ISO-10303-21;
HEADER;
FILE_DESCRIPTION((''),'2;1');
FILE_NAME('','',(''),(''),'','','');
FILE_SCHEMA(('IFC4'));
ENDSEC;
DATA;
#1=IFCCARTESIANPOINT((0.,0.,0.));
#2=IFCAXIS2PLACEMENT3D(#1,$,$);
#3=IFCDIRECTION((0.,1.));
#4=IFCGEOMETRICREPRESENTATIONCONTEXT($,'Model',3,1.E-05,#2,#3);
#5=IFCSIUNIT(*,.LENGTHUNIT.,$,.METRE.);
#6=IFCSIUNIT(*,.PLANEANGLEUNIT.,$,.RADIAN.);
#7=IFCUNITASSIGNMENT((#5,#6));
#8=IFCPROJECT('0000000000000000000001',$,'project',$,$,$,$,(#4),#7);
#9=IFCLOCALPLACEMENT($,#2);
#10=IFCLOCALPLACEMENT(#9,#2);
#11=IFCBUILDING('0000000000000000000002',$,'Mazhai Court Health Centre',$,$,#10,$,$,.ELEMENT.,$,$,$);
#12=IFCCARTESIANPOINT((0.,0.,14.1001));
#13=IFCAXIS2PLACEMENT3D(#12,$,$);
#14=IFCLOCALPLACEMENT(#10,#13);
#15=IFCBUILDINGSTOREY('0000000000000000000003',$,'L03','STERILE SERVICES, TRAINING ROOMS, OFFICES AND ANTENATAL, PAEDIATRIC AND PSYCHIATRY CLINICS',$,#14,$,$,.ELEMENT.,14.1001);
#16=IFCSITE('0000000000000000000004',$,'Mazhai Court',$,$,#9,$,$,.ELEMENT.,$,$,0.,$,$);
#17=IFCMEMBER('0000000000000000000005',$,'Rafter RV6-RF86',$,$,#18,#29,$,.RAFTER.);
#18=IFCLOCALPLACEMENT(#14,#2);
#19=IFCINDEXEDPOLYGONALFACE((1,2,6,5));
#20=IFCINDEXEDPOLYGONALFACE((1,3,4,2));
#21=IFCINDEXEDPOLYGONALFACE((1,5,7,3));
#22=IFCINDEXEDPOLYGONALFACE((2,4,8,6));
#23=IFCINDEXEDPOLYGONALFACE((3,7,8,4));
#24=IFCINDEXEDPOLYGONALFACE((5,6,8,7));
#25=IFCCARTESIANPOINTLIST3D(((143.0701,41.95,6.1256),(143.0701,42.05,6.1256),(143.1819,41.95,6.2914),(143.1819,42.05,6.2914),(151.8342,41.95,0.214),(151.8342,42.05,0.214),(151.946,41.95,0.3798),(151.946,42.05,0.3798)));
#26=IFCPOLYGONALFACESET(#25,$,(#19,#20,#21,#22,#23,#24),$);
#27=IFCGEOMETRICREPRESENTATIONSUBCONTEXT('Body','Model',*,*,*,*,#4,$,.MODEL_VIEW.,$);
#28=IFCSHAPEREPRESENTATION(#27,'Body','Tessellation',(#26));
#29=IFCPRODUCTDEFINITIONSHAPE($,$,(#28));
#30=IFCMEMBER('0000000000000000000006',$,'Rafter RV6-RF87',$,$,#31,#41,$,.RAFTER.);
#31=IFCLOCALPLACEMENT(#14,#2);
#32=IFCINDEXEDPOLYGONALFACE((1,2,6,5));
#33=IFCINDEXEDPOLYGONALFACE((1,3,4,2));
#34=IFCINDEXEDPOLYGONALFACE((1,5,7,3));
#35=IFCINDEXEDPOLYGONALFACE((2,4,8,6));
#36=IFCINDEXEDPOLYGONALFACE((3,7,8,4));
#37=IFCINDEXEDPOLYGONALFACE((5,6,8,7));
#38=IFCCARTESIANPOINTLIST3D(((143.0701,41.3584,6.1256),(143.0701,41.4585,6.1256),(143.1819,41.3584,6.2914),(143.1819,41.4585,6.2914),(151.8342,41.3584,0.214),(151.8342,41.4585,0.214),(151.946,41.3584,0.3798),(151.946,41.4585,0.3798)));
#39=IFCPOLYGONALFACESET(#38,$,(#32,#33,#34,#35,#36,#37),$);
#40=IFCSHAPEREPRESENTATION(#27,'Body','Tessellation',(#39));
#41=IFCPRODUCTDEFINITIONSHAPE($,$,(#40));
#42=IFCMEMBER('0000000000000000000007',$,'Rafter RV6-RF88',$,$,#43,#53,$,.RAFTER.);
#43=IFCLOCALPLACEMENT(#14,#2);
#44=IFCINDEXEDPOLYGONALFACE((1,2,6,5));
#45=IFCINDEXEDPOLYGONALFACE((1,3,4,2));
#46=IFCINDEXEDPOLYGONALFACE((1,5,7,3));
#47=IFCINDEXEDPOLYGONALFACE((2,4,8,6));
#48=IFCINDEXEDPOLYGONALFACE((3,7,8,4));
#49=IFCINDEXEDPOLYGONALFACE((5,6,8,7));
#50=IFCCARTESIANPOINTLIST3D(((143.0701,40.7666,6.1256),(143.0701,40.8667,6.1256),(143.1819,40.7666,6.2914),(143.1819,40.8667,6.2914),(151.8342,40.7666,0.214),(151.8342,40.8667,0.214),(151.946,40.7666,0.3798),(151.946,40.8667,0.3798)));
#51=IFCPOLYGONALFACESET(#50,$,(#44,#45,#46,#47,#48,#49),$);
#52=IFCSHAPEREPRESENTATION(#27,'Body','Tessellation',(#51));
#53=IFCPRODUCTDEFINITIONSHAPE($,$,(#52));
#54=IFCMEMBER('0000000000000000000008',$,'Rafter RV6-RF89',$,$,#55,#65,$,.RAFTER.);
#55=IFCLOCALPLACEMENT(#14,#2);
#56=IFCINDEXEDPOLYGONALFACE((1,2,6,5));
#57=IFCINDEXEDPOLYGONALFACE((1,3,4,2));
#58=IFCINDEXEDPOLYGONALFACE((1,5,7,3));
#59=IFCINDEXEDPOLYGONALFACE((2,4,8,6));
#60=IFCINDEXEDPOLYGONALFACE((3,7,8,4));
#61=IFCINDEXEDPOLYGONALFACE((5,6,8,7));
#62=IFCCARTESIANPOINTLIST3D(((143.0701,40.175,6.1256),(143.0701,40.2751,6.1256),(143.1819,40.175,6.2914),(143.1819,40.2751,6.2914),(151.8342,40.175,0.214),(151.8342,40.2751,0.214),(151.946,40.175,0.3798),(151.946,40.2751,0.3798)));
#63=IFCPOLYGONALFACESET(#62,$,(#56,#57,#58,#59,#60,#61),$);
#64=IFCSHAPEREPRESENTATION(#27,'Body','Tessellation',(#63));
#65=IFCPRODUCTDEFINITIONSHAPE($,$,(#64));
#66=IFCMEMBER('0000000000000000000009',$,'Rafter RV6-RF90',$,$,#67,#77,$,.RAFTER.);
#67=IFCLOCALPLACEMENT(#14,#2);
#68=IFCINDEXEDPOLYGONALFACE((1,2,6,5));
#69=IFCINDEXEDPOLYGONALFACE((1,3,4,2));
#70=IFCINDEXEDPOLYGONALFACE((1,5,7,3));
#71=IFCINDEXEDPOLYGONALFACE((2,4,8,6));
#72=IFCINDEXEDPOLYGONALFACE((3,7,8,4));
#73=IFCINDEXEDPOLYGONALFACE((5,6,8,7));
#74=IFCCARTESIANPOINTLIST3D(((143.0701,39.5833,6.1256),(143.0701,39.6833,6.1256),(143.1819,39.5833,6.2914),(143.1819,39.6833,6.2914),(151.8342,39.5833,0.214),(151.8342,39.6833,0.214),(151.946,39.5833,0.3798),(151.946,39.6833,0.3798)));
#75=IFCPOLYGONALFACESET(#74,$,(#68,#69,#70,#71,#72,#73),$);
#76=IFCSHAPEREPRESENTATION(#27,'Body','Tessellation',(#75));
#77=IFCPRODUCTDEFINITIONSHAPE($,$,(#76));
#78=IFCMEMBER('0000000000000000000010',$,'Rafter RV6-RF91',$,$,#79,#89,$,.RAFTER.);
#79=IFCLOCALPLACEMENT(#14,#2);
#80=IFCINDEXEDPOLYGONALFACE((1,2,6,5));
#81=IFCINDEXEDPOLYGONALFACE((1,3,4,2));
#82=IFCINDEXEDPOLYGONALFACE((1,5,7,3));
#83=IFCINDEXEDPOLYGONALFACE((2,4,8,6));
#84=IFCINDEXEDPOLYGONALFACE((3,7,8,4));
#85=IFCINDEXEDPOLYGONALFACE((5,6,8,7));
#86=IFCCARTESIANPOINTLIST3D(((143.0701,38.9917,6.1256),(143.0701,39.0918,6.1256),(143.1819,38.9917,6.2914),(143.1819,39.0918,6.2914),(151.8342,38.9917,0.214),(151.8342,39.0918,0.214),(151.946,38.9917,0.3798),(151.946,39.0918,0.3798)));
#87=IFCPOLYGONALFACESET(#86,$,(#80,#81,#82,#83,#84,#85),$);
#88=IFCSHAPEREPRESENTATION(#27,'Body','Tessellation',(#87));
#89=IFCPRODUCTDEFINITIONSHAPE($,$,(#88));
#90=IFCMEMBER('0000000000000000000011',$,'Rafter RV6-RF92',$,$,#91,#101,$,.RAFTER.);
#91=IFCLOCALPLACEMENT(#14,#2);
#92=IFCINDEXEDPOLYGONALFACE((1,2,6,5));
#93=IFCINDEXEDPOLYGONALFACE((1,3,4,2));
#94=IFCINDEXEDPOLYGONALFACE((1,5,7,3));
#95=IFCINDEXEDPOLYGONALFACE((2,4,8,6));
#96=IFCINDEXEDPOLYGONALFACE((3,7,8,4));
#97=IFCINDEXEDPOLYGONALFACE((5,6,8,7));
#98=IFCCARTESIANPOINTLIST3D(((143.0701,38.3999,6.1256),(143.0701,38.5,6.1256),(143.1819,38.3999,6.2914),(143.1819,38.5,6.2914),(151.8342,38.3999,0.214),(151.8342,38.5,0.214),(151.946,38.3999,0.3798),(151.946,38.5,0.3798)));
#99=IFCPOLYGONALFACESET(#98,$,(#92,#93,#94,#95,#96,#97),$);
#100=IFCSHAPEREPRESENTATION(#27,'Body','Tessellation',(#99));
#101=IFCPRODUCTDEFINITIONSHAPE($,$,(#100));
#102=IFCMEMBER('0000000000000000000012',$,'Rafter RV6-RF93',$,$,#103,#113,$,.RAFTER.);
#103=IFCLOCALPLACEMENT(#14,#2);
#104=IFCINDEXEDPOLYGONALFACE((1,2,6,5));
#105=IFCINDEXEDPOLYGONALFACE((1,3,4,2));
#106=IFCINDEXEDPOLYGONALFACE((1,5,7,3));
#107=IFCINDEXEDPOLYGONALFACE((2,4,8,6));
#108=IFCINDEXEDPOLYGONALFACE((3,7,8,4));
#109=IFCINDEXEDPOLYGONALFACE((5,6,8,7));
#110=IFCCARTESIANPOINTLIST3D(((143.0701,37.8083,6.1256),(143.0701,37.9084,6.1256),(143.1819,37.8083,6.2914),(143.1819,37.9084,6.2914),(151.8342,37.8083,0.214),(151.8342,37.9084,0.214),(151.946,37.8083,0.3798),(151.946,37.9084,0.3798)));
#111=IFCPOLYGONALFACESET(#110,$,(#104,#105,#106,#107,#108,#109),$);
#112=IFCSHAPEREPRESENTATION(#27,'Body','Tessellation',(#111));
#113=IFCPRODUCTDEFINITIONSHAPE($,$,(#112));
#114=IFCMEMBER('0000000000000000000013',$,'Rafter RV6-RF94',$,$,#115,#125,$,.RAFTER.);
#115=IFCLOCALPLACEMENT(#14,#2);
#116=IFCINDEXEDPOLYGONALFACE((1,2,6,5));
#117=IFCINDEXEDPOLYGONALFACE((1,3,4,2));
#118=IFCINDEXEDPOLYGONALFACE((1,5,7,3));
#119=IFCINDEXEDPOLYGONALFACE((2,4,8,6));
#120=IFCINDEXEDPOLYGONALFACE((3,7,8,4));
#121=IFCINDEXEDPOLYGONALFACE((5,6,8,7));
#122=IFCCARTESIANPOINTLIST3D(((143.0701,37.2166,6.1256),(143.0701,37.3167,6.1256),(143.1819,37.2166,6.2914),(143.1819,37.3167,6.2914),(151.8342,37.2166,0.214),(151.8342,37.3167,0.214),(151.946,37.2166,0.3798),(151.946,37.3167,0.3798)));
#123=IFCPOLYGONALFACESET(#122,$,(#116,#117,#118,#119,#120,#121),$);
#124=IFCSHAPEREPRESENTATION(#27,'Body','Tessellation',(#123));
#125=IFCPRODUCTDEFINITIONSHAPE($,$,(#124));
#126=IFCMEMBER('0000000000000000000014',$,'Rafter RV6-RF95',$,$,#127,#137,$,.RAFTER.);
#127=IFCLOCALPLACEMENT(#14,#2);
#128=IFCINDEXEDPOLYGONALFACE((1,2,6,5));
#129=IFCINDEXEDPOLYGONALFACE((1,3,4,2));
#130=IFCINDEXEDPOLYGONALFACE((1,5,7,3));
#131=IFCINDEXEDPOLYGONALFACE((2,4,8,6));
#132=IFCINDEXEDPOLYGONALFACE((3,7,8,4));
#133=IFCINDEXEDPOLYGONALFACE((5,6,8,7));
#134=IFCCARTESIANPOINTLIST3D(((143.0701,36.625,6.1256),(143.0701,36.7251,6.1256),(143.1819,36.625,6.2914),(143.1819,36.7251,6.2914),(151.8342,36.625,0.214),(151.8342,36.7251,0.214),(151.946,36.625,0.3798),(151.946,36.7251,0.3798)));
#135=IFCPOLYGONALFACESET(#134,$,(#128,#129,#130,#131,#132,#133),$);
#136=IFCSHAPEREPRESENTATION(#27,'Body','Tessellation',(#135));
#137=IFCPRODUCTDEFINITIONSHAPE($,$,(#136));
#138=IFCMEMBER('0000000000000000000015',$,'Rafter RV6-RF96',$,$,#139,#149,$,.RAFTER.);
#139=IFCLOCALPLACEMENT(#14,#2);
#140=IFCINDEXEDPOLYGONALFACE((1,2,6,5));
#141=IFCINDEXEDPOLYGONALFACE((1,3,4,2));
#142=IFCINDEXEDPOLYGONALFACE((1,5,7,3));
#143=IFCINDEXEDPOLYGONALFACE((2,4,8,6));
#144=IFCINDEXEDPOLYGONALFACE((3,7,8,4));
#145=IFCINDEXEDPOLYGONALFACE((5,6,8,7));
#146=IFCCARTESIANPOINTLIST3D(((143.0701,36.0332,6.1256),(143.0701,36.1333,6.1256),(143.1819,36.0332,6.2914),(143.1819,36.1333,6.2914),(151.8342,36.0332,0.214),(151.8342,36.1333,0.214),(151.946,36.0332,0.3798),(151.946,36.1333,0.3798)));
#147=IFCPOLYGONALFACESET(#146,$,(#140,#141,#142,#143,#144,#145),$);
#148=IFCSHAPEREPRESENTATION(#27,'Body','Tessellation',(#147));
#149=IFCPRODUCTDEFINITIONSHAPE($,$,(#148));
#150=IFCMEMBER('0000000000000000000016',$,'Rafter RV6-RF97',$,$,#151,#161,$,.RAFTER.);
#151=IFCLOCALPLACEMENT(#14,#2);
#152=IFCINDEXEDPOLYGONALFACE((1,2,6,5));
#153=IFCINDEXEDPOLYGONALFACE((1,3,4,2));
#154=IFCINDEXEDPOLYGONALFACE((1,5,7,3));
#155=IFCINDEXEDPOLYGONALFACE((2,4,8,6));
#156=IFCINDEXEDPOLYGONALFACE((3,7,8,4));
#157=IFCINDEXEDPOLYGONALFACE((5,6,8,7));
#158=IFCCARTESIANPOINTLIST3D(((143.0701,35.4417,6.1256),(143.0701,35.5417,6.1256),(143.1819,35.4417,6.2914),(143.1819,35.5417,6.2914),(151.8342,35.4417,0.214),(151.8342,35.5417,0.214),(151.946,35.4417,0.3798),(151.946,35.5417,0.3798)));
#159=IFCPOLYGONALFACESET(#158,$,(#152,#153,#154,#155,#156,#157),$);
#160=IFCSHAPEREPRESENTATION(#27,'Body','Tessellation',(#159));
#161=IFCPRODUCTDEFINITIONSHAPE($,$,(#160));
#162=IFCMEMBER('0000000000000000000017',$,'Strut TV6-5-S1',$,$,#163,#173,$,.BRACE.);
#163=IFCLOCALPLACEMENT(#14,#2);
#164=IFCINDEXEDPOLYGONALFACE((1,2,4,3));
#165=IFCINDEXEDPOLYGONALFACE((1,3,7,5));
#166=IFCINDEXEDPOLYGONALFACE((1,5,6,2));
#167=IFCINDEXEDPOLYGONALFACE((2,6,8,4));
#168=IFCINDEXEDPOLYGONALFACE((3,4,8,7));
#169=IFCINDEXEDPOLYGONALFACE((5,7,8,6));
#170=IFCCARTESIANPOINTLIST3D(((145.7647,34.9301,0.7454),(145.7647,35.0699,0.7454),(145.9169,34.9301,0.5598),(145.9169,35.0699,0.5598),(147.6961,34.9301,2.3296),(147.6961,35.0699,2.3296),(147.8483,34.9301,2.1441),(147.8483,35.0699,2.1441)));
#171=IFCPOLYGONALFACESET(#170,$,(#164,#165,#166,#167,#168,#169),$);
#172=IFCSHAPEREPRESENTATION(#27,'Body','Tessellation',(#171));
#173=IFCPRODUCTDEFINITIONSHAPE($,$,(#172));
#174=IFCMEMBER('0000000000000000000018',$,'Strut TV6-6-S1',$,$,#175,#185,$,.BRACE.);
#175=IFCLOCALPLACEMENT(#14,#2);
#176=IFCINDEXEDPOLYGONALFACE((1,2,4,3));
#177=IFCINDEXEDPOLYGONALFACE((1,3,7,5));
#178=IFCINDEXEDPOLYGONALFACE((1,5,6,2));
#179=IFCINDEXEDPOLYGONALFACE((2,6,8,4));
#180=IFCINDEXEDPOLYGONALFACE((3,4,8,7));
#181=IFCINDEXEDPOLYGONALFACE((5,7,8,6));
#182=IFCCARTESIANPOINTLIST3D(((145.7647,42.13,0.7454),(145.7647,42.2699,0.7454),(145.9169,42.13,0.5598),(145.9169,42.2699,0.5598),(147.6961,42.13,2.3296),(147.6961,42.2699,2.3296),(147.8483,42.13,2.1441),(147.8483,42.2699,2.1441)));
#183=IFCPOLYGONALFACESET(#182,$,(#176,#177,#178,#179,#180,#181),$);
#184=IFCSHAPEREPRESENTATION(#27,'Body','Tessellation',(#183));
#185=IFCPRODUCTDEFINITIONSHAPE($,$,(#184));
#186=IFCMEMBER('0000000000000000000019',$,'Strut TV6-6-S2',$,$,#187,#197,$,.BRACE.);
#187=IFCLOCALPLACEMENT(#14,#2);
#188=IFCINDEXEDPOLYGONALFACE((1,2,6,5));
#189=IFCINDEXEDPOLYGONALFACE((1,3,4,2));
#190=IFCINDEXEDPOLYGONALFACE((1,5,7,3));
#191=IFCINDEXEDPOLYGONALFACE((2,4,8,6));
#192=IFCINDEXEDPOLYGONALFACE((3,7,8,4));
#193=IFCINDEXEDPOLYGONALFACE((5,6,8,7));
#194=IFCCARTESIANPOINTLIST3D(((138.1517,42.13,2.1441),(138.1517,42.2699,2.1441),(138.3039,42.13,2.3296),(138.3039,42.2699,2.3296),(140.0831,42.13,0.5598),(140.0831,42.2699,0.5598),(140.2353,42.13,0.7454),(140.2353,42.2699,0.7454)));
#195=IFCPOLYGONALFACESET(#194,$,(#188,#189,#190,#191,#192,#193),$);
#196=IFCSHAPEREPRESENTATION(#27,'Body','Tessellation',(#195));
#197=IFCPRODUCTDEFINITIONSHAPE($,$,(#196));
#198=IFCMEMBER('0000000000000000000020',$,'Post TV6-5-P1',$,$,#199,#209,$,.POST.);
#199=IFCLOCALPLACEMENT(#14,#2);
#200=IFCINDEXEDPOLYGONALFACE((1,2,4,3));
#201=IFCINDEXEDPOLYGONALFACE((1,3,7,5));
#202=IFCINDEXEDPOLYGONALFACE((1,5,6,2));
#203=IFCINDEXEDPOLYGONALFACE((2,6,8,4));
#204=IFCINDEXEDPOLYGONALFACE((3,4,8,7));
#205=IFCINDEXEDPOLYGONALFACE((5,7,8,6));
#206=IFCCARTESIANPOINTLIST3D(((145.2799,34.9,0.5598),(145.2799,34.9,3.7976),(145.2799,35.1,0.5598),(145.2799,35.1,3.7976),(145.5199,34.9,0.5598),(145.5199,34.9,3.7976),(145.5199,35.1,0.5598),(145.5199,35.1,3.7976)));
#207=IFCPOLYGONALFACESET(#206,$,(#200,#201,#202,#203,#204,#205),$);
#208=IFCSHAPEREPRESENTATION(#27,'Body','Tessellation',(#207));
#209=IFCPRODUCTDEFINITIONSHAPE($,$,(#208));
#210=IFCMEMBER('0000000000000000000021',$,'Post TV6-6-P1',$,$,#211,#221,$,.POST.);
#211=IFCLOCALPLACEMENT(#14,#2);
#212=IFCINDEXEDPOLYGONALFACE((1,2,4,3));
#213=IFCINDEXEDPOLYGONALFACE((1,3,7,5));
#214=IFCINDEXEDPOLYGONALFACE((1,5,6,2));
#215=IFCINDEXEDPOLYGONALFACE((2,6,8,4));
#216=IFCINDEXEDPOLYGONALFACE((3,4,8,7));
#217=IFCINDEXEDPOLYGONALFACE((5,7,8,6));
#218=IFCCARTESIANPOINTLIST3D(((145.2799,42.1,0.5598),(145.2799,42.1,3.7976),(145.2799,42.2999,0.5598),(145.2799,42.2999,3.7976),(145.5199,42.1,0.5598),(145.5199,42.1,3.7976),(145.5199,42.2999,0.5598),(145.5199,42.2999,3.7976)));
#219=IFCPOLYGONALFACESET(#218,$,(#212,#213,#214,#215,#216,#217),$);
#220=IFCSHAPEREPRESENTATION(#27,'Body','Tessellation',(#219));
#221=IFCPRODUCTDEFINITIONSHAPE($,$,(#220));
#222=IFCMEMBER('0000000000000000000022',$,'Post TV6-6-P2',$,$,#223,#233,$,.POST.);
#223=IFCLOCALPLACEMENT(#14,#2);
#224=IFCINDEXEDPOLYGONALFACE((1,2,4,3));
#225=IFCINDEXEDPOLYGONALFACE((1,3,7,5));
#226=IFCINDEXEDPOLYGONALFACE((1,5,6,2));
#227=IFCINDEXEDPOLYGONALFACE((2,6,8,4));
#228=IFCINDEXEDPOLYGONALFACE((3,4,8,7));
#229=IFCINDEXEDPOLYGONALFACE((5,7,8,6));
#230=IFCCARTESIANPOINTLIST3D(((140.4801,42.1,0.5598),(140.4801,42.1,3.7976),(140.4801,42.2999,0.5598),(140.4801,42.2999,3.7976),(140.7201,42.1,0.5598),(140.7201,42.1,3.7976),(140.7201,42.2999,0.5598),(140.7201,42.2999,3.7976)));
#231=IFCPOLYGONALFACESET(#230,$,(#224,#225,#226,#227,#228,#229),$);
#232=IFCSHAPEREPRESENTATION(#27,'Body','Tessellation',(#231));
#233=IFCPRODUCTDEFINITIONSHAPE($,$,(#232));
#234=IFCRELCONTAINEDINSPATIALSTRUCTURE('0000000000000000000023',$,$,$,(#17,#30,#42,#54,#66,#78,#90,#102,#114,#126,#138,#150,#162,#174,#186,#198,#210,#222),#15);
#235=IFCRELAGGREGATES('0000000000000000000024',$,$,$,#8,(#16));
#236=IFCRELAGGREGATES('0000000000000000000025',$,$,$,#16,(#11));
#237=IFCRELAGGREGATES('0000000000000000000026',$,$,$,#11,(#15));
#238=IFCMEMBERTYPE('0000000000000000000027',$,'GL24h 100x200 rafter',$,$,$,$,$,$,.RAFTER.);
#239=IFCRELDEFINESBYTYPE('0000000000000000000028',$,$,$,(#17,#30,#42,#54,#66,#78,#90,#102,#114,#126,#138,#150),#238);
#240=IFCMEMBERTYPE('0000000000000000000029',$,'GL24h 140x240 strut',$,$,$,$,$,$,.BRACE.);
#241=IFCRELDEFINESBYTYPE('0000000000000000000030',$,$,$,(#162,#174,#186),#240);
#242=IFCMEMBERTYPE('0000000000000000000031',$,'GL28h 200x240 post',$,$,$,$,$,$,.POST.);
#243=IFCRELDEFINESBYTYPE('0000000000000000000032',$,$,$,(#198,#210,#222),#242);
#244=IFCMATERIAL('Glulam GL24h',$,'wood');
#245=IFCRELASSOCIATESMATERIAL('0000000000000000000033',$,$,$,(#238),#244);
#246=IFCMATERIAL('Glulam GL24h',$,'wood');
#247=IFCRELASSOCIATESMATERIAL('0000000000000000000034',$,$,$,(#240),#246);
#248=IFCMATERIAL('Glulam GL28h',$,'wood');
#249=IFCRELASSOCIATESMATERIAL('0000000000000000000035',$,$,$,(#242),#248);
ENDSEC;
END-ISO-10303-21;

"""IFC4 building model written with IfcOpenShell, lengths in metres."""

from ifc_helpers import new_model, si_unit, direction, frame, origin, origin_2d, place, context, subcontext, project, spatial, rectangle, extrude, material, material_profile, profile_set, type_object, element, save


model = new_model("IFC4")

# Units and contexts
model_context = context("Model", 3, precision=1e-05, world=origin(), true_north=direction((0.0, 1.0)))
body_context = subcontext(model_context, "Body", "Model", "MODEL_VIEW")
ifc_project = project(units=[si_unit("LENGTHUNIT", "METRE"), si_unit("PLANEANGLEUNIT", "RADIAN")], contexts=[model_context])

# Site, building, storey
site_placement = place(None, origin())
site = spatial("IfcSite", under=ifc_project, at=site_placement, Name="Mazhai Court", CompositionType="ELEMENT", RefElevation=0.0)
building_placement = place(site_placement, origin())
building = spatial("IfcBuilding", under=site, at=building_placement, Name="Mazhai Court Health Centre", CompositionType="ELEMENT")
storey_placement = place(building_placement, frame((0.0, 0.0, 14.1001)))
storey = spatial("IfcBuildingStorey", under=building, at=storey_placement, Name="L03", Description="STERILE SERVICES, TRAINING ROOMS, OFFICES AND ANTENATAL, PAEDIATRIC AND PSYCHIATRY CLINICS", CompositionType="ELEMENT", Elevation=14.1001)

# Members
ifc_material_1 = material(Name="Glulam GL24h", Category="wood")
ifc_material_profile_1 = material_profile(ifc_material_1, rectangle(XDim=0.1001, YDim=0.2, at=origin_2d()), Name="GL24h 100x200")
ifc_profile_set_1 = profile_set([ifc_material_profile_1], Name="Glulam GL24h")
member_type_1 = type_object("IfcMemberType", Name="GL24h 100x200 rafter", PredefinedType="RAFTER", material=ifc_profile_set_1)
for number, where, z_axis, x_axis, name in (
    (1, (151.8901, 42.0, 0.2969), (-0.829032, 0.0, 0.559201), (0.0, -1.0, 0.0), "Rafter RV6-RF86"),
    (2, (151.8901, 41.4084, 0.2969), (-0.829032, 0.0, 0.559201), (0.0, -1.0, 0.0), "Rafter RV6-RF87"),
    (3, (151.8901, 40.8167, 0.2969), (-0.829032, 0.0, 0.559201), (0.0, -1.0, 0.0), "Rafter RV6-RF88"),
    (4, (151.8901, 40.2251, 0.2969), (-0.829032, 0.0, 0.559201), (0.0, -1.0, 0.0), "Rafter RV6-RF89"),
    (5, (151.8901, 39.6333, 0.2969), (-0.829032, 0.0, 0.559201), (0.0, -1.0, 0.0), "Rafter RV6-RF90"),
    (6, (151.8901, 39.0417, 0.2969), (-0.829032, 0.0, 0.559201), (0.0, -1.0, 0.0), "Rafter RV6-RF91"),
    (7, (151.8901, 38.45, 0.2969), (-0.829032, 0.0, 0.559201), (0.0, -1.0, 0.0), "Rafter RV6-RF92"),
    (8, (151.8901, 37.8584, 0.2969), (-0.829032, 0.0, 0.559201), (0.0, -1.0, 0.0), "Rafter RV6-RF93"),
    (9, (151.8901, 37.2666, 0.2969), (-0.829032, 0.0, 0.559201), (0.0, -1.0, 0.0), "Rafter RV6-RF94"),
    (10, (151.8901, 36.675, 0.2969), (-0.829032, 0.0, 0.559201), (0.0, -1.0, 0.0), "Rafter RV6-RF95"),
    (11, (151.8901, 36.0833, 0.2969), (-0.829032, 0.0, 0.559201), (0.0, -1.0, 0.0), "Rafter RV6-RF96"),
    (12, (151.8901, 35.4917, 0.2969), (-0.829032, 0.0, 0.559201), (0.0, -1.0, 0.0), "Rafter RV6-RF97"),
):
    element("IfcMember", number, at=place(storey_placement, frame(where, z_axis=z_axis, x_axis=x_axis)), inside=storey, type_object=member_type_1, Name=name, PredefinedType="RAFTER", context=body_context, shape_type="SweptSolid", body=[
        extrude(rectangle(XDim=0.1001, YDim=0.2, at=origin_2d()), origin(), (0.0, 0.0, 1.0), 10.5715),
    ])
ifc_material_2 = material(Name="Glulam GL24h", Category="wood")
ifc_material_profile_2 = material_profile(ifc_material_2, rectangle(XDim=0.1399, YDim=0.24, at=origin_2d()), Name="GL24h 140x240")
ifc_profile_set_2 = profile_set([ifc_material_profile_2], Name="Glulam GL24h")
member_type_2 = type_object("IfcMemberType", Name="GL24h 140x240 strut", PredefinedType="BRACE", material=ifc_profile_set_2)
for number, where, z_axis, x_axis, name in (
    (13, (145.8408, 35.0, 0.6526), (0.773173, 0.0, 0.634195), (0.0, 1.0, 0.0), "Strut TV6-5-S1"),
    (14, (145.8408, 42.2, 0.6526), (0.773173, 0.0, 0.634195), (0.0, 1.0, 0.0), "Strut TV6-6-S1"),
    (15, (140.1592, 42.2, 0.6526), (-0.773173, 0.0, 0.634195), (0.0, -1.0, 0.0), "Strut TV6-6-S2"),
):
    element("IfcMember", number, at=place(storey_placement, frame(where, z_axis=z_axis, x_axis=x_axis)), inside=storey, type_object=member_type_2, Name=name, PredefinedType="BRACE", context=body_context, shape_type="SweptSolid", body=[
        extrude(rectangle(XDim=0.1399, YDim=0.24, at=origin_2d()), origin(), (0.0, 0.0, 1.0), 2.498),
    ])
ifc_material_3 = material(Name="Glulam GL28h", Category="wood")
ifc_material_profile_3 = material_profile(ifc_material_3, rectangle(XDim=0.2, YDim=0.24, at=origin_2d()), Name="GL28h 200x240")
ifc_profile_set_3 = profile_set([ifc_material_profile_3], Name="Glulam GL28h")
member_type_3 = type_object("IfcMemberType", Name="GL28h 200x240 post", PredefinedType="POST", material=ifc_profile_set_3)
for number, where, z_axis, x_axis, name in (
    (16, (145.3999, 35.0, 0.5598), (0.0, 0.0, 1.0), (0.0, 1.0, 0.0), "Post TV6-5-P1"),
    (17, (145.3999, 42.2, 0.5598), (0.0, 0.0, 1.0), (0.0, 1.0, 0.0), "Post TV6-6-P1"),
    (18, (140.6001, 42.2, 0.5598), (0.0, 0.0, 1.0), (0.0, 1.0, 0.0), "Post TV6-6-P2"),
):
    element("IfcMember", number, at=place(storey_placement, frame(where, z_axis=z_axis, x_axis=x_axis)), inside=storey, type_object=member_type_3, Name=name, PredefinedType="POST", context=body_context, shape_type="SweptSolid", body=[
        extrude(rectangle(XDim=0.2, YDim=0.24, at=origin_2d()), origin(), (0.0, 0.0, 1.0), 3.2378),
    ])

save(model, "model.ifc")
